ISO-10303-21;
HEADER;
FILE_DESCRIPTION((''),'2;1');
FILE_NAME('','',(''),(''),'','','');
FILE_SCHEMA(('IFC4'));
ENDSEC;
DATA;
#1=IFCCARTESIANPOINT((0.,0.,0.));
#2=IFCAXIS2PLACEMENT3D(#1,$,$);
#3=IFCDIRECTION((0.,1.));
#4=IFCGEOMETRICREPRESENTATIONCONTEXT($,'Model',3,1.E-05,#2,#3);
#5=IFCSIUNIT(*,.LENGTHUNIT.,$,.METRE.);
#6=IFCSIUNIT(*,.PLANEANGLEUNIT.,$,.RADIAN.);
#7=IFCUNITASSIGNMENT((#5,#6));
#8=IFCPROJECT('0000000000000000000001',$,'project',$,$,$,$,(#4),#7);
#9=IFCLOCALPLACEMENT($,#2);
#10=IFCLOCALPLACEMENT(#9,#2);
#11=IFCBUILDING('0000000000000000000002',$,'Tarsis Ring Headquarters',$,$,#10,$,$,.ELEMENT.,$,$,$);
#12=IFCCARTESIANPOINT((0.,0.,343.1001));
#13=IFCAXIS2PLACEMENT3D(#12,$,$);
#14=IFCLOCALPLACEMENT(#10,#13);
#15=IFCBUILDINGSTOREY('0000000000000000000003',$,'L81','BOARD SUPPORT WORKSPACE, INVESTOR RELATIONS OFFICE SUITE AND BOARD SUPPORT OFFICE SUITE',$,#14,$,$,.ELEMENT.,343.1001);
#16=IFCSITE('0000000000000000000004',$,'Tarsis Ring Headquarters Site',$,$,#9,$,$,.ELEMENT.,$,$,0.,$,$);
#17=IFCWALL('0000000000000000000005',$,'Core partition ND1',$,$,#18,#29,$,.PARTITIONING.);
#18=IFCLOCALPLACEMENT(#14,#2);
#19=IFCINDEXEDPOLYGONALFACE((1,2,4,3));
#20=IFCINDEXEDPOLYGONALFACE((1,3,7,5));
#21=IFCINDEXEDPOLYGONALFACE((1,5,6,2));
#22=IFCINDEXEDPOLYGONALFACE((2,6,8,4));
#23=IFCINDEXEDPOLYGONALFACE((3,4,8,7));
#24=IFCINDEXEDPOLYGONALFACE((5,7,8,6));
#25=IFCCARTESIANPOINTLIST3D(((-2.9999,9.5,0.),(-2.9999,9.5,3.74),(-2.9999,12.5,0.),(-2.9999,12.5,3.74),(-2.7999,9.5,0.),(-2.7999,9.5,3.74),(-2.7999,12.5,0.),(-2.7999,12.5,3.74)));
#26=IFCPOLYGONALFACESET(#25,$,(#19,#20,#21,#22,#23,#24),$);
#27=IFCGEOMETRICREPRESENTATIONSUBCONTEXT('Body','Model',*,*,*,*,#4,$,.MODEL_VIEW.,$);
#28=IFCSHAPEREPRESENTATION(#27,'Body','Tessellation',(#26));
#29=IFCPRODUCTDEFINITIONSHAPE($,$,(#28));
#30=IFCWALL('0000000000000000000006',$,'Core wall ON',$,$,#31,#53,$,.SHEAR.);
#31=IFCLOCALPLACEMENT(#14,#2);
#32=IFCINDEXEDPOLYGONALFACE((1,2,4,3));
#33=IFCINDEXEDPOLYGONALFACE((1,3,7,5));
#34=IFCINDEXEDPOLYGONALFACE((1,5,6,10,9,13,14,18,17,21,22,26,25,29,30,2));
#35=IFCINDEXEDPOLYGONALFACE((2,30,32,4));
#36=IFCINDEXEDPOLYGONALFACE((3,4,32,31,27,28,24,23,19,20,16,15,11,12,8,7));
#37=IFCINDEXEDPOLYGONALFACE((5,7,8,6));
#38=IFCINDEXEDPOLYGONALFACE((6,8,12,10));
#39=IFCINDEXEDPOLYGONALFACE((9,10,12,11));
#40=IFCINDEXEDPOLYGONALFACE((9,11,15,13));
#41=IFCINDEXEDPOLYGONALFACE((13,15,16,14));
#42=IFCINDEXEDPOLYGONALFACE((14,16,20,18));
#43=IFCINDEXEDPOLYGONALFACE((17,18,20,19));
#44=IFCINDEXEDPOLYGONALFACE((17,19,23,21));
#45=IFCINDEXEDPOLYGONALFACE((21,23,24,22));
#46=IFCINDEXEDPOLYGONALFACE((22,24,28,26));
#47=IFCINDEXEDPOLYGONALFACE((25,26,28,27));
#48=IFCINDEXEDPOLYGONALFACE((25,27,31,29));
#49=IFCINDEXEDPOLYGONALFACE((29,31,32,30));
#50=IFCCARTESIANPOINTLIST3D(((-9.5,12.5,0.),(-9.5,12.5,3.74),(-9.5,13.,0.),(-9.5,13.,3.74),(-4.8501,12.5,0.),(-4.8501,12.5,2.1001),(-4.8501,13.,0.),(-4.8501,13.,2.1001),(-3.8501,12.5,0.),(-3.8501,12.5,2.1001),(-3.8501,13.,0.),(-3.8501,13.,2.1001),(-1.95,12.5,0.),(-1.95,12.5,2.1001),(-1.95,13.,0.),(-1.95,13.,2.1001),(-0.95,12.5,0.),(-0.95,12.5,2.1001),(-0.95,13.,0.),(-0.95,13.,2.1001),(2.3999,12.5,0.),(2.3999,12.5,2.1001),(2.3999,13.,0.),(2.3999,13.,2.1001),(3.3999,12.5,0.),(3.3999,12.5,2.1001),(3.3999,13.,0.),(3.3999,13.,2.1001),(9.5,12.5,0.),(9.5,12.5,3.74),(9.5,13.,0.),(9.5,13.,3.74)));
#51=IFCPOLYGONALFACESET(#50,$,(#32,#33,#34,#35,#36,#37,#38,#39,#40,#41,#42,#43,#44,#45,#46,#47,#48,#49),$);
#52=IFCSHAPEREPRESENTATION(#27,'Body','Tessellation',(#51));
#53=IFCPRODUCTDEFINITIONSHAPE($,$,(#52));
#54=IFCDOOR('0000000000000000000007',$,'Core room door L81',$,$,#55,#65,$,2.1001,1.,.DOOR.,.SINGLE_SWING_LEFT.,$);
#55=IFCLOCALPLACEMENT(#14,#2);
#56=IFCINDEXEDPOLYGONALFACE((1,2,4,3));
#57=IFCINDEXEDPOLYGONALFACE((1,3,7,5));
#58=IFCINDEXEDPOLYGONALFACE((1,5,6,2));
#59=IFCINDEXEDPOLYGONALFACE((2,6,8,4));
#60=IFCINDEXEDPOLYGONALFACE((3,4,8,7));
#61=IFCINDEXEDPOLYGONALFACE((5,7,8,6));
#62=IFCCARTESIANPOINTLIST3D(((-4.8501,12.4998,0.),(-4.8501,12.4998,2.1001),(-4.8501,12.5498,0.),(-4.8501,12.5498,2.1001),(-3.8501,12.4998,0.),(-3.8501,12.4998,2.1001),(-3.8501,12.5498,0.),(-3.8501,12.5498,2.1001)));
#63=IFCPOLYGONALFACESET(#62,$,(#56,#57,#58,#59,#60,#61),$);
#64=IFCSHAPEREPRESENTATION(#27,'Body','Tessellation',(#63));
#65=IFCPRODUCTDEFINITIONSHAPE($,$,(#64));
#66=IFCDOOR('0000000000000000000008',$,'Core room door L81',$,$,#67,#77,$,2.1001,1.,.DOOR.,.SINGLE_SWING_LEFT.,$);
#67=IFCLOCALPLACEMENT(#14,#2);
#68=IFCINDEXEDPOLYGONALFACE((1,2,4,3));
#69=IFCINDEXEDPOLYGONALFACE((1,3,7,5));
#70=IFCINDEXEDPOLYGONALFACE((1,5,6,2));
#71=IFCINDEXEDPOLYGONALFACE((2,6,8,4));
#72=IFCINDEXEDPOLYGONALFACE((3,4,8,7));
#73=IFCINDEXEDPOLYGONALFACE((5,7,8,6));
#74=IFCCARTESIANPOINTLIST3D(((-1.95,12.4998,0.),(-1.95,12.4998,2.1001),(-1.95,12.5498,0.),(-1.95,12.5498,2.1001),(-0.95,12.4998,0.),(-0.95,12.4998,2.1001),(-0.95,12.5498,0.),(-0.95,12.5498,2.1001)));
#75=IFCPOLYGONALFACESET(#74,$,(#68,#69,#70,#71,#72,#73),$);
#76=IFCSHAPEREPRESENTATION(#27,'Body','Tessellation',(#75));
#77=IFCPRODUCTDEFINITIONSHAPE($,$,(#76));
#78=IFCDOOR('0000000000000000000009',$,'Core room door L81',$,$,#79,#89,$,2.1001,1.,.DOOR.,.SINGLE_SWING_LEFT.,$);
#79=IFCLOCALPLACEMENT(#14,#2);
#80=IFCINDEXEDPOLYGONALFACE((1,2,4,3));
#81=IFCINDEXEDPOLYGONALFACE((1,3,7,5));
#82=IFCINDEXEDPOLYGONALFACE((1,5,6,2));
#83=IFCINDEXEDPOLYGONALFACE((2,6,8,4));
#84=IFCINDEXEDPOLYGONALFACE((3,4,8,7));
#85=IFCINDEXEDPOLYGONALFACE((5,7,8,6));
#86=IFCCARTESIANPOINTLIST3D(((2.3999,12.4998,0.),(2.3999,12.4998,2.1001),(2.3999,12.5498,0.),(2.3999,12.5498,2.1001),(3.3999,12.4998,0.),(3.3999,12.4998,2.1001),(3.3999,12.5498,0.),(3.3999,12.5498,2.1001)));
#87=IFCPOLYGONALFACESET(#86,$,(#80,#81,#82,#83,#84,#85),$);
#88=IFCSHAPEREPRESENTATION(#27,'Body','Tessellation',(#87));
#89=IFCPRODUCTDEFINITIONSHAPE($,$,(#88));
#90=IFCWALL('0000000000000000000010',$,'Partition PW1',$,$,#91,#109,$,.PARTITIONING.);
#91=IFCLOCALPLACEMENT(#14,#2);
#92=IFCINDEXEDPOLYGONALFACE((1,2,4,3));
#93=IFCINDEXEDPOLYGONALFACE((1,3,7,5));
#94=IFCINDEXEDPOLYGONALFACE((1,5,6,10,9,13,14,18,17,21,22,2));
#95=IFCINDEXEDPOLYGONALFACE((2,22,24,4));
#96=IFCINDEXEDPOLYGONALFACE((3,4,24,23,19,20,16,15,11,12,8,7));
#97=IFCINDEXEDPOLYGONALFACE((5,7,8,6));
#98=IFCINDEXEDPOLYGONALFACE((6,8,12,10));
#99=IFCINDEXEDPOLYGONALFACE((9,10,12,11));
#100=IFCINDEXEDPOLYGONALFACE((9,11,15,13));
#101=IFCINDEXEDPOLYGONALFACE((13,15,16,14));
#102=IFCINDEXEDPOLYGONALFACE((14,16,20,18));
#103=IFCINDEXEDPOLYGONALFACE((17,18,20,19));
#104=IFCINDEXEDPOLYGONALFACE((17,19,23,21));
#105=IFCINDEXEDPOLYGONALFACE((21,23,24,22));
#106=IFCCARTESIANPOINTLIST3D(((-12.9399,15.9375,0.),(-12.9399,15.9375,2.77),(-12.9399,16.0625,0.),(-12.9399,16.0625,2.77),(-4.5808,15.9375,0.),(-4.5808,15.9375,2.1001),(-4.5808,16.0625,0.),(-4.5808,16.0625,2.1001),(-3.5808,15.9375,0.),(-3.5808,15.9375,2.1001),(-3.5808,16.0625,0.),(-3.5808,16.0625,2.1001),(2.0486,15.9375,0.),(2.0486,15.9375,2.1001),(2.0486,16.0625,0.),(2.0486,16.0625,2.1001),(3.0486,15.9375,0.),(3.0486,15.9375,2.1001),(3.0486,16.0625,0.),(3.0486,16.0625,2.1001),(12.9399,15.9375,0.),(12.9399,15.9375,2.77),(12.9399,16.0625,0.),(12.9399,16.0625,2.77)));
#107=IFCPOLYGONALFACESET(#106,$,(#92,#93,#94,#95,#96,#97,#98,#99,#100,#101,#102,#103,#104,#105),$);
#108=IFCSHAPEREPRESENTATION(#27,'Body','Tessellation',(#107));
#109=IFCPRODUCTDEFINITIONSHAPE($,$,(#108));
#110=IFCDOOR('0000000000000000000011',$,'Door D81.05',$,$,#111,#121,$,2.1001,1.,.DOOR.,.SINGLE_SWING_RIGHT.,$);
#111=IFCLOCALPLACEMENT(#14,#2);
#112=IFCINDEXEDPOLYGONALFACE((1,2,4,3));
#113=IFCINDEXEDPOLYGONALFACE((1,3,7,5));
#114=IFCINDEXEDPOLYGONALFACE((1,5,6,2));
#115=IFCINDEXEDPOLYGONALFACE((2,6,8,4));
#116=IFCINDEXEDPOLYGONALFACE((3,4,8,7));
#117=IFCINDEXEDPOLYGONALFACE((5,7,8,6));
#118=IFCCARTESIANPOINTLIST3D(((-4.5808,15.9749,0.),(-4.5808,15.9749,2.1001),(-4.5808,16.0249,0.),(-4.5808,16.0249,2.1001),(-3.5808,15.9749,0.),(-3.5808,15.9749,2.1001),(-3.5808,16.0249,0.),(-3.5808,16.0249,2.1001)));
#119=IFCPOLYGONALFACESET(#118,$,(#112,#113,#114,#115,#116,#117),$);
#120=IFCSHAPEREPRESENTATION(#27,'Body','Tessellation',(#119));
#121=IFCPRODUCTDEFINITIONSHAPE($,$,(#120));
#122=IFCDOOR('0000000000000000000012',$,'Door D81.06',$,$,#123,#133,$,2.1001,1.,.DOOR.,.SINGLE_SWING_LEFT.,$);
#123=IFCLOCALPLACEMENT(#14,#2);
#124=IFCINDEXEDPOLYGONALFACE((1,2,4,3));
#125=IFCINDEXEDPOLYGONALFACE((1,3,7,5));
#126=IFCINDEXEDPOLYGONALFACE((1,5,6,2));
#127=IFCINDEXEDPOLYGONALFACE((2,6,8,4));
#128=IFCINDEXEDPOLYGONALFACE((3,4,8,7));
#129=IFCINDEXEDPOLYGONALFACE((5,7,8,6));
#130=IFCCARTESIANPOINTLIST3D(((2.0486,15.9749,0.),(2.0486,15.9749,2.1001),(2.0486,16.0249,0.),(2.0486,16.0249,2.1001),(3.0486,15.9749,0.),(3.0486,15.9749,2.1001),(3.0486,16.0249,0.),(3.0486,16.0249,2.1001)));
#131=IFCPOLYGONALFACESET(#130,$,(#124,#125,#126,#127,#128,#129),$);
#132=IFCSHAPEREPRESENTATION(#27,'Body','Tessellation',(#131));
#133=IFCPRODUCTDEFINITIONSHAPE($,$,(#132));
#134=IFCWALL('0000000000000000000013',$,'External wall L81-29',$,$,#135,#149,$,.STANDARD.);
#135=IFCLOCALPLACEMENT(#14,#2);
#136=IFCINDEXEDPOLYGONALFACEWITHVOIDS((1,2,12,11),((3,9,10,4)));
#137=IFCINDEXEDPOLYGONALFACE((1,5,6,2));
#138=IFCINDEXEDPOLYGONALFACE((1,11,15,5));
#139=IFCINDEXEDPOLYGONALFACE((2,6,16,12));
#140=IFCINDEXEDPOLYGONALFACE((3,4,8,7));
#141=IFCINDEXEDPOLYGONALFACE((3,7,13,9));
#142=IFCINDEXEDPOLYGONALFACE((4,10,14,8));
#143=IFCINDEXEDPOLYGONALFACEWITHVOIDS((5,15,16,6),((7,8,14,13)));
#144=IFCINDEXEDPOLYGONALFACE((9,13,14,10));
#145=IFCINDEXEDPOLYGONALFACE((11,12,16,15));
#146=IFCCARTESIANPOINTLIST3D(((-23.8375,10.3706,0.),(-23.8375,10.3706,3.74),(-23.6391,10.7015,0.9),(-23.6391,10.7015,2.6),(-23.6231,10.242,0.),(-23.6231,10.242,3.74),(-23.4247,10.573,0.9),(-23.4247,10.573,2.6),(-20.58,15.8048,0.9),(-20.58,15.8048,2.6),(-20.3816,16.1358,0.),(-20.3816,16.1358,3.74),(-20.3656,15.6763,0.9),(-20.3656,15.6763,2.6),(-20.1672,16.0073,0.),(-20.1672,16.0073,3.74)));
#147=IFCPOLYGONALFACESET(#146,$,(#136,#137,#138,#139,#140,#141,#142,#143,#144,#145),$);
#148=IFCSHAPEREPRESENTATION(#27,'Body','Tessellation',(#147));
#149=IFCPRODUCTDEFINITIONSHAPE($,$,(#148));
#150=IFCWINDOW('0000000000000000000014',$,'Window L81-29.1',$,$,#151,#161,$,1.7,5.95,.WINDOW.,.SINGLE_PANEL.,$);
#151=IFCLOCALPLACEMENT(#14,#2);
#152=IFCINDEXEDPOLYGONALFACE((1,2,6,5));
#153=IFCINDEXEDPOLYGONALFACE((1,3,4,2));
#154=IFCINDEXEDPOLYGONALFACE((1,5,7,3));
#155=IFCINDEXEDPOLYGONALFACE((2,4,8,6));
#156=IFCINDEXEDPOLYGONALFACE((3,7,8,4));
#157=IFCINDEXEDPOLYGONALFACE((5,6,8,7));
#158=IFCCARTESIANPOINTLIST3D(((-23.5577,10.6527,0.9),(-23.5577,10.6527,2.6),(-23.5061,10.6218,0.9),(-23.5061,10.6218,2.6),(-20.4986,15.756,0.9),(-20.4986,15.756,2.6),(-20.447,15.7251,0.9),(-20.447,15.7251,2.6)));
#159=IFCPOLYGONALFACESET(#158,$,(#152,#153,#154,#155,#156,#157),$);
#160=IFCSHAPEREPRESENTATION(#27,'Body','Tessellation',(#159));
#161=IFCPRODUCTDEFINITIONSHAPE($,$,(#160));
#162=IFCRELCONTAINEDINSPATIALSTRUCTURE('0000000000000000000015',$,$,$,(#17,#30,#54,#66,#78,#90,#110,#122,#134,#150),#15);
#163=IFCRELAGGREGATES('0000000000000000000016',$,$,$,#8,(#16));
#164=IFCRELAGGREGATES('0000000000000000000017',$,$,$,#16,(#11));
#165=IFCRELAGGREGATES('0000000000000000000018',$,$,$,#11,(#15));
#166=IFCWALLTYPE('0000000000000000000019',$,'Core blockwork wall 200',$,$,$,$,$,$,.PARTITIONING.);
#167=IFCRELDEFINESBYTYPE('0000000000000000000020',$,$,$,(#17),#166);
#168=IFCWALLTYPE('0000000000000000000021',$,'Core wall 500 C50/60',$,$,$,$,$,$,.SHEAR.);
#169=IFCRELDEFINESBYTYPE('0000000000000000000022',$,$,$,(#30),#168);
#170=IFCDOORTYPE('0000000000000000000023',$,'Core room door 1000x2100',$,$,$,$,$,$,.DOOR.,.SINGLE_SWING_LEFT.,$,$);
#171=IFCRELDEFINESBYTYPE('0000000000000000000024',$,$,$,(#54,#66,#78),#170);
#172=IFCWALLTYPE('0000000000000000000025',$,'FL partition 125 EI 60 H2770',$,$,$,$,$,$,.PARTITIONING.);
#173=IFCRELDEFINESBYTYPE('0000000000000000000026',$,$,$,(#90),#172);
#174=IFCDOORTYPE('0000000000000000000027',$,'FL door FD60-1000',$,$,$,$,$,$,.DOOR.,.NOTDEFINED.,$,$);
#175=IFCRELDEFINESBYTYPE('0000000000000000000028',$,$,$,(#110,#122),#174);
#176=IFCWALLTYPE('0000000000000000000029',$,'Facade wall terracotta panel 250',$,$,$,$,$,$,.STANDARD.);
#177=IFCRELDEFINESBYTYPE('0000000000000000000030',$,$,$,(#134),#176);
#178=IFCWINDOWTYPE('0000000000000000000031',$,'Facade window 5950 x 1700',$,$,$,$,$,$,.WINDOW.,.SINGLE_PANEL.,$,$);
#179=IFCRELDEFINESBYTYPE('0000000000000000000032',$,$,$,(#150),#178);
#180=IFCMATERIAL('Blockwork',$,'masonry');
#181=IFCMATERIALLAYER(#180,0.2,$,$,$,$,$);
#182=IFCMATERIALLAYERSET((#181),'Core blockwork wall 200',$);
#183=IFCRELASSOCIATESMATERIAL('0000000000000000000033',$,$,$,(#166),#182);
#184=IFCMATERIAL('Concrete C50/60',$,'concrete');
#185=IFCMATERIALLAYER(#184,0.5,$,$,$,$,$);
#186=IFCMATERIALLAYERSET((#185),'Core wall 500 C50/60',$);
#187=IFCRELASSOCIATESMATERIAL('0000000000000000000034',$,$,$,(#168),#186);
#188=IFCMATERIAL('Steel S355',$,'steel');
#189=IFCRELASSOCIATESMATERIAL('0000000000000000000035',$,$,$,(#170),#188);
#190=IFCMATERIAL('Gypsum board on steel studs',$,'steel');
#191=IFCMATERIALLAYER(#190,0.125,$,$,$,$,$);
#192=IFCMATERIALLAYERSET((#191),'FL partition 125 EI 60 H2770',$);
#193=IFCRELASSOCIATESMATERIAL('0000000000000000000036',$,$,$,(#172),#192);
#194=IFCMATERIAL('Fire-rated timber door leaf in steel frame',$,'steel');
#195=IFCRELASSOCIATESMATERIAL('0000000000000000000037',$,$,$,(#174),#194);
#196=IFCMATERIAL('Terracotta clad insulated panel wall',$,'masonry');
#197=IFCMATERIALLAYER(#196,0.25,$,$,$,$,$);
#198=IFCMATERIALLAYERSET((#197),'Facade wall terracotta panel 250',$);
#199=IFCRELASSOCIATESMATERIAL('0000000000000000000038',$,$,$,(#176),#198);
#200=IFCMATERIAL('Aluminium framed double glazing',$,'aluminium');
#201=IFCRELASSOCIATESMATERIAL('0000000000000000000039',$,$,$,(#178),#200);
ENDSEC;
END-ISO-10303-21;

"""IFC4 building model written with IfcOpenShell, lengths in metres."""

from ifc_helpers import new_model, si_unit, direction, frame, frame_2d, origin, place, context, subcontext, project, spatial, rectangle, extrude, material, layer, layer_set, type_object, element, fill, save


model = new_model("IFC4")

# Units and contexts
model_context = context("Model", 3, precision=1e-05, world=origin(), true_north=direction((0.0, 1.0)))
body_context = subcontext(model_context, "Body", "Model", "MODEL_VIEW")
ifc_project = project(units=[si_unit("LENGTHUNIT", "METRE"), si_unit("PLANEANGLEUNIT", "RADIAN")], contexts=[model_context])

# Site, building, storey
site_placement = place(None, origin())
site = spatial("IfcSite", under=ifc_project, at=site_placement, Name="Tarsis Ring Headquarters Site", CompositionType="ELEMENT", RefElevation=0.0)
building_placement = place(site_placement, origin())
building = spatial("IfcBuilding", under=site, at=building_placement, Name="Tarsis Ring Headquarters", CompositionType="ELEMENT")
storey_placement = place(building_placement, frame((0.0, 0.0, 343.1001)))
storey = spatial("IfcBuildingStorey", under=building, at=storey_placement, Name="L81", Description="BOARD SUPPORT WORKSPACE, INVESTOR RELATIONS OFFICE SUITE AND BOARD SUPPORT OFFICE SUITE", CompositionType="ELEMENT", Elevation=343.1001)

# Wall
ifc_material_1 = material(Name="Blockwork", Category="masonry")
ifc_layer_1 = layer(ifc_material_1, 0.2)
ifc_layer_set_1 = layer_set([ifc_layer_1], Name="Core blockwork wall 200")
wall_type_1 = type_object("IfcWallType", Name="Core blockwork wall 200", PredefinedType="PARTITIONING", material=ifc_layer_set_1)
wall_1_placement = place(storey_placement, frame((-2.8999, 9.5, 0.0), z_axis=(0.0, 0.0, 1.0), x_axis=(0.0, 1.0, 0.0)))
element("IfcWall", 1, at=wall_1_placement, inside=storey, type_object=wall_type_1, Name="Core partition ND1", PredefinedType="PARTITIONING", context=body_context, shape_type="SweptSolid", body=[
    extrude(rectangle(XDim=3.0, YDim=0.2, at=frame_2d((1.5, 0.0))), origin(), (0.0, 0.0, 1.0), 3.74),
])

# Walls, openings, doors
ifc_material_2 = material(Name="Concrete C50/60", Category="concrete")
ifc_layer_2 = layer(ifc_material_2, 0.5)
ifc_layer_set_2 = layer_set([ifc_layer_2], Name="Core wall 500 C50/60")
wall_type_2 = type_object("IfcWallType", Name="Core wall 500 C50/60", PredefinedType="SHEAR", material=ifc_layer_set_2)
wall_2_placement = place(storey_placement, frame((-9.5, 12.75, 0.0), z_axis=(0.0, 0.0, 1.0), x_axis=(1.0, 0.0, 0.0)))
wall_2 = element("IfcWall", 2, at=wall_2_placement, inside=storey, type_object=wall_type_2, Name="Core wall ON", PredefinedType="SHEAR", context=body_context, shape_type="SweptSolid", body=[
    extrude(rectangle(XDim=19.0, YDim=0.5, at=frame_2d((9.5, 0.0))), origin(), (0.0, 0.0, 1.0), 3.74),
])
opening_1_placement = place(wall_2_placement, frame((4.6499, 0.0, 0.0)))
opening_1 = element("IfcOpeningElement", 3, at=opening_1_placement, cuts=wall_2, PredefinedType="OPENING", context=body_context, shape_type="SweptSolid", body=[
    extrude(rectangle(XDim=1.0, YDim=2.1001, at=frame_2d((0.5, 1.05))), frame((0.0, 0.26, 0.0), z_axis=(0.0, -1.0, 0.0), x_axis=(1.0, 0.0, 0.0)), (0.0, 0.0, 1.0), 0.52),
])
opening_2_placement = place(wall_2_placement, frame((7.55, 0.0, 0.0)))
opening_2 = element("IfcOpeningElement", 4, at=opening_2_placement, cuts=wall_2, PredefinedType="OPENING", context=body_context, shape_type="SweptSolid", body=[
    extrude(rectangle(XDim=1.0, YDim=2.1001, at=frame_2d((0.5, 1.05))), frame((0.0, 0.26, 0.0), z_axis=(0.0, -1.0, 0.0), x_axis=(1.0, 0.0, 0.0)), (0.0, 0.0, 1.0), 0.52),
])
opening_3_placement = place(wall_2_placement, frame((11.8999, 0.0, 0.0)))
opening_3 = element("IfcOpeningElement", 5, at=opening_3_placement, cuts=wall_2, PredefinedType="OPENING", context=body_context, shape_type="SweptSolid", body=[
    extrude(rectangle(XDim=1.0, YDim=2.1001, at=frame_2d((0.5, 1.05))), frame((0.0, 0.26, 0.0), z_axis=(0.0, -1.0, 0.0), x_axis=(1.0, 0.0, 0.0)), (0.0, 0.0, 1.0), 0.52),
])
ifc_material_3 = material(Name="Steel S355", Category="steel")
door_type_1 = type_object("IfcDoorType", Name="Core room door 1000x2100", OperationType="SINGLE_SWING_LEFT", PredefinedType="DOOR", material=ifc_material_3)
door_1_placement = place(opening_1_placement, origin())
door_1 = element("IfcDoor", 6, at=door_1_placement, inside=storey, type_object=door_type_1, Name="Core room door L81", OperationType="SINGLE_SWING_LEFT", OverallHeight=2.1001, OverallWidth=1.0, PredefinedType="DOOR", context=body_context, shape_type="SweptSolid", body=[
    extrude(rectangle(XDim=1.0, YDim=2.1001, at=frame_2d((0.5, 1.05))), frame((0.0, -0.2002, 0.0), z_axis=(0.0, -1.0, 0.0), x_axis=(1.0, 0.0, 0.0)), (0.0, 0.0, 1.0), 0.05),
])
fill(opening_1, door_1)
door_2_placement = place(opening_2_placement, origin())
door_2 = element("IfcDoor", 7, at=door_2_placement, inside=storey, type_object=door_type_1, Name="Core room door L81", OperationType="SINGLE_SWING_LEFT", OverallHeight=2.1001, OverallWidth=1.0, PredefinedType="DOOR", context=body_context, shape_type="SweptSolid", body=[
    extrude(rectangle(XDim=1.0, YDim=2.1001, at=frame_2d((0.5, 1.05))), frame((0.0, -0.2002, 0.0), z_axis=(0.0, -1.0, 0.0), x_axis=(1.0, 0.0, 0.0)), (0.0, 0.0, 1.0), 0.05),
])
fill(opening_2, door_2)
door_3_placement = place(opening_3_placement, origin())
door_3 = element("IfcDoor", 8, at=door_3_placement, inside=storey, type_object=door_type_1, Name="Core room door L81", OperationType="SINGLE_SWING_LEFT", OverallHeight=2.1001, OverallWidth=1.0, PredefinedType="DOOR", context=body_context, shape_type="SweptSolid", body=[
    extrude(rectangle(XDim=1.0, YDim=2.1001, at=frame_2d((0.5, 1.05))), frame((0.0, -0.2002, 0.0), z_axis=(0.0, -1.0, 0.0), x_axis=(1.0, 0.0, 0.0)), (0.0, 0.0, 1.0), 0.05),
])
fill(opening_3, door_3)
ifc_material_4 = material(Name="Gypsum board on steel studs", Category="steel")
ifc_layer_3 = layer(ifc_material_4, 0.125)
ifc_layer_set_3 = layer_set([ifc_layer_3], Name="FL partition 125 EI 60 H2770")
wall_type_3 = type_object("IfcWallType", Name="FL partition 125 EI 60 H2770", PredefinedType="PARTITIONING", material=ifc_layer_set_3)
wall_3_placement = place(storey_placement, frame((-12.9399, 16.0, 0.0), z_axis=(0.0, 0.0, 1.0), x_axis=(1.0, 0.0, 0.0)))
wall_3 = element("IfcWall", 9, at=wall_3_placement, inside=storey, type_object=wall_type_3, Name="Partition PW1", PredefinedType="PARTITIONING", context=body_context, shape_type="SweptSolid", body=[
    extrude(rectangle(XDim=25.8799, YDim=0.125, at=frame_2d((12.9399, 0.0))), origin(), (0.0, 0.0, 1.0), 2.77),
])
opening_4_placement = place(wall_3_placement, frame((8.3591, 0.0, 0.0)))
opening_4 = element("IfcOpeningElement", 10, at=opening_4_placement, cuts=wall_3, PredefinedType="OPENING", context=body_context, shape_type="SweptSolid", body=[
    extrude(rectangle(XDim=1.0, YDim=2.1001, at=frame_2d((0.5, 1.05))), frame((0.0, 0.0725, 0.0), z_axis=(0.0, -1.0, 0.0), x_axis=(1.0, 0.0, 0.0)), (0.0, 0.0, 1.0), 0.145),
])
opening_5_placement = place(wall_3_placement, frame((14.9885, 0.0, 0.0)))
opening_5 = element("IfcOpeningElement", 11, at=opening_5_placement, cuts=wall_3, PredefinedType="OPENING", context=body_context, shape_type="SweptSolid", body=[
    extrude(rectangle(XDim=1.0, YDim=2.1001, at=frame_2d((0.5, 1.05))), frame((0.0, 0.0725, 0.0), z_axis=(0.0, -1.0, 0.0), x_axis=(1.0, 0.0, 0.0)), (0.0, 0.0, 1.0), 0.145),
])
ifc_material_5 = material(Name="Fire-rated timber door leaf in steel frame", Category="steel")
door_type_2 = type_object("IfcDoorType", Name="FL door FD60-1000", OperationType="NOTDEFINED", PredefinedType="DOOR", material=ifc_material_5)
door_4_placement = place(opening_4_placement, origin())
door_4 = element("IfcDoor", 12, at=door_4_placement, inside=storey, type_object=door_type_2, Name="Door D81.05", OperationType="SINGLE_SWING_RIGHT", OverallHeight=2.1001, OverallWidth=1.0, PredefinedType="DOOR", context=body_context, shape_type="SweptSolid", body=[
    extrude(rectangle(XDim=1.0, YDim=2.1001, at=frame_2d((0.5, 1.05))), frame((0.0, 0.0249, 0.0), z_axis=(0.0, -1.0, 0.0), x_axis=(1.0, 0.0, 0.0)), (0.0, 0.0, 1.0), 0.05),
])
fill(opening_4, door_4)
door_5_placement = place(opening_5_placement, origin())
door_5 = element("IfcDoor", 13, at=door_5_placement, inside=storey, type_object=door_type_2, Name="Door D81.06", OperationType="SINGLE_SWING_LEFT", OverallHeight=2.1001, OverallWidth=1.0, PredefinedType="DOOR", context=body_context, shape_type="SweptSolid", body=[
    extrude(rectangle(XDim=1.0, YDim=2.1001, at=frame_2d((0.5, 1.05))), frame((0.0, 0.0249, 0.0), z_axis=(0.0, -1.0, 0.0), x_axis=(1.0, 0.0, 0.0)), (0.0, 0.0, 1.0), 0.05),
])
fill(opening_5, door_5)

# Wall, opening, window
ifc_material_6 = material(Name="Terracotta clad insulated panel wall", Category="masonry")
ifc_layer_4 = layer(ifc_material_6, 0.25)
ifc_layer_set_4 = layer_set([ifc_layer_4], Name="Facade wall terracotta panel 250")
wall_type_4 = type_object("IfcWallType", Name="Facade wall terracotta panel 250", PredefinedType="STANDARD", material=ifc_layer_set_4)
wall_4_placement = place(storey_placement, frame((-20.2744, 16.0715, 0.0), z_axis=(0.0, 0.0, 1.0), x_axis=(-0.514138, -0.857708, 0.0)))
wall_4 = element("IfcWall", 14, at=wall_4_placement, inside=storey, type_object=wall_type_4, Name="External wall L81-29", PredefinedType="STANDARD", context=body_context, shape_type="SweptSolid", body=[
    extrude(rectangle(XDim=6.7217, YDim=0.25, at=frame_2d((3.3608, 0.0))), origin(), (0.0, 0.0, 1.0), 3.74),
])
opening_6_placement = place(wall_4_placement, frame((0.3857, 0.0, 0.8999)))
opening_6 = element("IfcOpeningElement", 15, at=opening_6_placement, cuts=wall_4, PredefinedType="OPENING", context=body_context, shape_type="SweptSolid", body=[
    extrude(rectangle(XDim=5.95, YDim=1.7, at=frame_2d((2.9751, 0.8501))), frame((0.0, 0.135, 0.0), z_axis=(0.0, -1.0, 0.0), x_axis=(1.0, 0.0, 0.0)), (0.0, 0.0, 1.0), 0.27),
])
ifc_material_7 = material(Name="Aluminium framed double glazing", Category="aluminium")
window_type = type_object("IfcWindowType", Name="Facade window 5950 x 1700", PartitioningType="SINGLE_PANEL", PredefinedType="WINDOW", material=ifc_material_7)
window_placement = place(opening_6_placement, origin())
window = element("IfcWindow", 16, at=window_placement, inside=storey, type_object=window_type, Name="Window L81-29.1", OverallHeight=1.7, OverallWidth=5.95, PartitioningType="SINGLE_PANEL", PredefinedType="WINDOW", context=body_context, shape_type="SweptSolid", body=[
    extrude(rectangle(XDim=5.95, YDim=1.7, at=frame_2d((2.9751, 0.8501))), frame((0.0, 0.03, 0.0), z_axis=(0.0, -1.0, 0.0), x_axis=(1.0, 0.0, 0.0)), (0.0, 0.0, 1.0), 0.0601),
])
fill(opening_6, window)

save(model, "model.ifc")
